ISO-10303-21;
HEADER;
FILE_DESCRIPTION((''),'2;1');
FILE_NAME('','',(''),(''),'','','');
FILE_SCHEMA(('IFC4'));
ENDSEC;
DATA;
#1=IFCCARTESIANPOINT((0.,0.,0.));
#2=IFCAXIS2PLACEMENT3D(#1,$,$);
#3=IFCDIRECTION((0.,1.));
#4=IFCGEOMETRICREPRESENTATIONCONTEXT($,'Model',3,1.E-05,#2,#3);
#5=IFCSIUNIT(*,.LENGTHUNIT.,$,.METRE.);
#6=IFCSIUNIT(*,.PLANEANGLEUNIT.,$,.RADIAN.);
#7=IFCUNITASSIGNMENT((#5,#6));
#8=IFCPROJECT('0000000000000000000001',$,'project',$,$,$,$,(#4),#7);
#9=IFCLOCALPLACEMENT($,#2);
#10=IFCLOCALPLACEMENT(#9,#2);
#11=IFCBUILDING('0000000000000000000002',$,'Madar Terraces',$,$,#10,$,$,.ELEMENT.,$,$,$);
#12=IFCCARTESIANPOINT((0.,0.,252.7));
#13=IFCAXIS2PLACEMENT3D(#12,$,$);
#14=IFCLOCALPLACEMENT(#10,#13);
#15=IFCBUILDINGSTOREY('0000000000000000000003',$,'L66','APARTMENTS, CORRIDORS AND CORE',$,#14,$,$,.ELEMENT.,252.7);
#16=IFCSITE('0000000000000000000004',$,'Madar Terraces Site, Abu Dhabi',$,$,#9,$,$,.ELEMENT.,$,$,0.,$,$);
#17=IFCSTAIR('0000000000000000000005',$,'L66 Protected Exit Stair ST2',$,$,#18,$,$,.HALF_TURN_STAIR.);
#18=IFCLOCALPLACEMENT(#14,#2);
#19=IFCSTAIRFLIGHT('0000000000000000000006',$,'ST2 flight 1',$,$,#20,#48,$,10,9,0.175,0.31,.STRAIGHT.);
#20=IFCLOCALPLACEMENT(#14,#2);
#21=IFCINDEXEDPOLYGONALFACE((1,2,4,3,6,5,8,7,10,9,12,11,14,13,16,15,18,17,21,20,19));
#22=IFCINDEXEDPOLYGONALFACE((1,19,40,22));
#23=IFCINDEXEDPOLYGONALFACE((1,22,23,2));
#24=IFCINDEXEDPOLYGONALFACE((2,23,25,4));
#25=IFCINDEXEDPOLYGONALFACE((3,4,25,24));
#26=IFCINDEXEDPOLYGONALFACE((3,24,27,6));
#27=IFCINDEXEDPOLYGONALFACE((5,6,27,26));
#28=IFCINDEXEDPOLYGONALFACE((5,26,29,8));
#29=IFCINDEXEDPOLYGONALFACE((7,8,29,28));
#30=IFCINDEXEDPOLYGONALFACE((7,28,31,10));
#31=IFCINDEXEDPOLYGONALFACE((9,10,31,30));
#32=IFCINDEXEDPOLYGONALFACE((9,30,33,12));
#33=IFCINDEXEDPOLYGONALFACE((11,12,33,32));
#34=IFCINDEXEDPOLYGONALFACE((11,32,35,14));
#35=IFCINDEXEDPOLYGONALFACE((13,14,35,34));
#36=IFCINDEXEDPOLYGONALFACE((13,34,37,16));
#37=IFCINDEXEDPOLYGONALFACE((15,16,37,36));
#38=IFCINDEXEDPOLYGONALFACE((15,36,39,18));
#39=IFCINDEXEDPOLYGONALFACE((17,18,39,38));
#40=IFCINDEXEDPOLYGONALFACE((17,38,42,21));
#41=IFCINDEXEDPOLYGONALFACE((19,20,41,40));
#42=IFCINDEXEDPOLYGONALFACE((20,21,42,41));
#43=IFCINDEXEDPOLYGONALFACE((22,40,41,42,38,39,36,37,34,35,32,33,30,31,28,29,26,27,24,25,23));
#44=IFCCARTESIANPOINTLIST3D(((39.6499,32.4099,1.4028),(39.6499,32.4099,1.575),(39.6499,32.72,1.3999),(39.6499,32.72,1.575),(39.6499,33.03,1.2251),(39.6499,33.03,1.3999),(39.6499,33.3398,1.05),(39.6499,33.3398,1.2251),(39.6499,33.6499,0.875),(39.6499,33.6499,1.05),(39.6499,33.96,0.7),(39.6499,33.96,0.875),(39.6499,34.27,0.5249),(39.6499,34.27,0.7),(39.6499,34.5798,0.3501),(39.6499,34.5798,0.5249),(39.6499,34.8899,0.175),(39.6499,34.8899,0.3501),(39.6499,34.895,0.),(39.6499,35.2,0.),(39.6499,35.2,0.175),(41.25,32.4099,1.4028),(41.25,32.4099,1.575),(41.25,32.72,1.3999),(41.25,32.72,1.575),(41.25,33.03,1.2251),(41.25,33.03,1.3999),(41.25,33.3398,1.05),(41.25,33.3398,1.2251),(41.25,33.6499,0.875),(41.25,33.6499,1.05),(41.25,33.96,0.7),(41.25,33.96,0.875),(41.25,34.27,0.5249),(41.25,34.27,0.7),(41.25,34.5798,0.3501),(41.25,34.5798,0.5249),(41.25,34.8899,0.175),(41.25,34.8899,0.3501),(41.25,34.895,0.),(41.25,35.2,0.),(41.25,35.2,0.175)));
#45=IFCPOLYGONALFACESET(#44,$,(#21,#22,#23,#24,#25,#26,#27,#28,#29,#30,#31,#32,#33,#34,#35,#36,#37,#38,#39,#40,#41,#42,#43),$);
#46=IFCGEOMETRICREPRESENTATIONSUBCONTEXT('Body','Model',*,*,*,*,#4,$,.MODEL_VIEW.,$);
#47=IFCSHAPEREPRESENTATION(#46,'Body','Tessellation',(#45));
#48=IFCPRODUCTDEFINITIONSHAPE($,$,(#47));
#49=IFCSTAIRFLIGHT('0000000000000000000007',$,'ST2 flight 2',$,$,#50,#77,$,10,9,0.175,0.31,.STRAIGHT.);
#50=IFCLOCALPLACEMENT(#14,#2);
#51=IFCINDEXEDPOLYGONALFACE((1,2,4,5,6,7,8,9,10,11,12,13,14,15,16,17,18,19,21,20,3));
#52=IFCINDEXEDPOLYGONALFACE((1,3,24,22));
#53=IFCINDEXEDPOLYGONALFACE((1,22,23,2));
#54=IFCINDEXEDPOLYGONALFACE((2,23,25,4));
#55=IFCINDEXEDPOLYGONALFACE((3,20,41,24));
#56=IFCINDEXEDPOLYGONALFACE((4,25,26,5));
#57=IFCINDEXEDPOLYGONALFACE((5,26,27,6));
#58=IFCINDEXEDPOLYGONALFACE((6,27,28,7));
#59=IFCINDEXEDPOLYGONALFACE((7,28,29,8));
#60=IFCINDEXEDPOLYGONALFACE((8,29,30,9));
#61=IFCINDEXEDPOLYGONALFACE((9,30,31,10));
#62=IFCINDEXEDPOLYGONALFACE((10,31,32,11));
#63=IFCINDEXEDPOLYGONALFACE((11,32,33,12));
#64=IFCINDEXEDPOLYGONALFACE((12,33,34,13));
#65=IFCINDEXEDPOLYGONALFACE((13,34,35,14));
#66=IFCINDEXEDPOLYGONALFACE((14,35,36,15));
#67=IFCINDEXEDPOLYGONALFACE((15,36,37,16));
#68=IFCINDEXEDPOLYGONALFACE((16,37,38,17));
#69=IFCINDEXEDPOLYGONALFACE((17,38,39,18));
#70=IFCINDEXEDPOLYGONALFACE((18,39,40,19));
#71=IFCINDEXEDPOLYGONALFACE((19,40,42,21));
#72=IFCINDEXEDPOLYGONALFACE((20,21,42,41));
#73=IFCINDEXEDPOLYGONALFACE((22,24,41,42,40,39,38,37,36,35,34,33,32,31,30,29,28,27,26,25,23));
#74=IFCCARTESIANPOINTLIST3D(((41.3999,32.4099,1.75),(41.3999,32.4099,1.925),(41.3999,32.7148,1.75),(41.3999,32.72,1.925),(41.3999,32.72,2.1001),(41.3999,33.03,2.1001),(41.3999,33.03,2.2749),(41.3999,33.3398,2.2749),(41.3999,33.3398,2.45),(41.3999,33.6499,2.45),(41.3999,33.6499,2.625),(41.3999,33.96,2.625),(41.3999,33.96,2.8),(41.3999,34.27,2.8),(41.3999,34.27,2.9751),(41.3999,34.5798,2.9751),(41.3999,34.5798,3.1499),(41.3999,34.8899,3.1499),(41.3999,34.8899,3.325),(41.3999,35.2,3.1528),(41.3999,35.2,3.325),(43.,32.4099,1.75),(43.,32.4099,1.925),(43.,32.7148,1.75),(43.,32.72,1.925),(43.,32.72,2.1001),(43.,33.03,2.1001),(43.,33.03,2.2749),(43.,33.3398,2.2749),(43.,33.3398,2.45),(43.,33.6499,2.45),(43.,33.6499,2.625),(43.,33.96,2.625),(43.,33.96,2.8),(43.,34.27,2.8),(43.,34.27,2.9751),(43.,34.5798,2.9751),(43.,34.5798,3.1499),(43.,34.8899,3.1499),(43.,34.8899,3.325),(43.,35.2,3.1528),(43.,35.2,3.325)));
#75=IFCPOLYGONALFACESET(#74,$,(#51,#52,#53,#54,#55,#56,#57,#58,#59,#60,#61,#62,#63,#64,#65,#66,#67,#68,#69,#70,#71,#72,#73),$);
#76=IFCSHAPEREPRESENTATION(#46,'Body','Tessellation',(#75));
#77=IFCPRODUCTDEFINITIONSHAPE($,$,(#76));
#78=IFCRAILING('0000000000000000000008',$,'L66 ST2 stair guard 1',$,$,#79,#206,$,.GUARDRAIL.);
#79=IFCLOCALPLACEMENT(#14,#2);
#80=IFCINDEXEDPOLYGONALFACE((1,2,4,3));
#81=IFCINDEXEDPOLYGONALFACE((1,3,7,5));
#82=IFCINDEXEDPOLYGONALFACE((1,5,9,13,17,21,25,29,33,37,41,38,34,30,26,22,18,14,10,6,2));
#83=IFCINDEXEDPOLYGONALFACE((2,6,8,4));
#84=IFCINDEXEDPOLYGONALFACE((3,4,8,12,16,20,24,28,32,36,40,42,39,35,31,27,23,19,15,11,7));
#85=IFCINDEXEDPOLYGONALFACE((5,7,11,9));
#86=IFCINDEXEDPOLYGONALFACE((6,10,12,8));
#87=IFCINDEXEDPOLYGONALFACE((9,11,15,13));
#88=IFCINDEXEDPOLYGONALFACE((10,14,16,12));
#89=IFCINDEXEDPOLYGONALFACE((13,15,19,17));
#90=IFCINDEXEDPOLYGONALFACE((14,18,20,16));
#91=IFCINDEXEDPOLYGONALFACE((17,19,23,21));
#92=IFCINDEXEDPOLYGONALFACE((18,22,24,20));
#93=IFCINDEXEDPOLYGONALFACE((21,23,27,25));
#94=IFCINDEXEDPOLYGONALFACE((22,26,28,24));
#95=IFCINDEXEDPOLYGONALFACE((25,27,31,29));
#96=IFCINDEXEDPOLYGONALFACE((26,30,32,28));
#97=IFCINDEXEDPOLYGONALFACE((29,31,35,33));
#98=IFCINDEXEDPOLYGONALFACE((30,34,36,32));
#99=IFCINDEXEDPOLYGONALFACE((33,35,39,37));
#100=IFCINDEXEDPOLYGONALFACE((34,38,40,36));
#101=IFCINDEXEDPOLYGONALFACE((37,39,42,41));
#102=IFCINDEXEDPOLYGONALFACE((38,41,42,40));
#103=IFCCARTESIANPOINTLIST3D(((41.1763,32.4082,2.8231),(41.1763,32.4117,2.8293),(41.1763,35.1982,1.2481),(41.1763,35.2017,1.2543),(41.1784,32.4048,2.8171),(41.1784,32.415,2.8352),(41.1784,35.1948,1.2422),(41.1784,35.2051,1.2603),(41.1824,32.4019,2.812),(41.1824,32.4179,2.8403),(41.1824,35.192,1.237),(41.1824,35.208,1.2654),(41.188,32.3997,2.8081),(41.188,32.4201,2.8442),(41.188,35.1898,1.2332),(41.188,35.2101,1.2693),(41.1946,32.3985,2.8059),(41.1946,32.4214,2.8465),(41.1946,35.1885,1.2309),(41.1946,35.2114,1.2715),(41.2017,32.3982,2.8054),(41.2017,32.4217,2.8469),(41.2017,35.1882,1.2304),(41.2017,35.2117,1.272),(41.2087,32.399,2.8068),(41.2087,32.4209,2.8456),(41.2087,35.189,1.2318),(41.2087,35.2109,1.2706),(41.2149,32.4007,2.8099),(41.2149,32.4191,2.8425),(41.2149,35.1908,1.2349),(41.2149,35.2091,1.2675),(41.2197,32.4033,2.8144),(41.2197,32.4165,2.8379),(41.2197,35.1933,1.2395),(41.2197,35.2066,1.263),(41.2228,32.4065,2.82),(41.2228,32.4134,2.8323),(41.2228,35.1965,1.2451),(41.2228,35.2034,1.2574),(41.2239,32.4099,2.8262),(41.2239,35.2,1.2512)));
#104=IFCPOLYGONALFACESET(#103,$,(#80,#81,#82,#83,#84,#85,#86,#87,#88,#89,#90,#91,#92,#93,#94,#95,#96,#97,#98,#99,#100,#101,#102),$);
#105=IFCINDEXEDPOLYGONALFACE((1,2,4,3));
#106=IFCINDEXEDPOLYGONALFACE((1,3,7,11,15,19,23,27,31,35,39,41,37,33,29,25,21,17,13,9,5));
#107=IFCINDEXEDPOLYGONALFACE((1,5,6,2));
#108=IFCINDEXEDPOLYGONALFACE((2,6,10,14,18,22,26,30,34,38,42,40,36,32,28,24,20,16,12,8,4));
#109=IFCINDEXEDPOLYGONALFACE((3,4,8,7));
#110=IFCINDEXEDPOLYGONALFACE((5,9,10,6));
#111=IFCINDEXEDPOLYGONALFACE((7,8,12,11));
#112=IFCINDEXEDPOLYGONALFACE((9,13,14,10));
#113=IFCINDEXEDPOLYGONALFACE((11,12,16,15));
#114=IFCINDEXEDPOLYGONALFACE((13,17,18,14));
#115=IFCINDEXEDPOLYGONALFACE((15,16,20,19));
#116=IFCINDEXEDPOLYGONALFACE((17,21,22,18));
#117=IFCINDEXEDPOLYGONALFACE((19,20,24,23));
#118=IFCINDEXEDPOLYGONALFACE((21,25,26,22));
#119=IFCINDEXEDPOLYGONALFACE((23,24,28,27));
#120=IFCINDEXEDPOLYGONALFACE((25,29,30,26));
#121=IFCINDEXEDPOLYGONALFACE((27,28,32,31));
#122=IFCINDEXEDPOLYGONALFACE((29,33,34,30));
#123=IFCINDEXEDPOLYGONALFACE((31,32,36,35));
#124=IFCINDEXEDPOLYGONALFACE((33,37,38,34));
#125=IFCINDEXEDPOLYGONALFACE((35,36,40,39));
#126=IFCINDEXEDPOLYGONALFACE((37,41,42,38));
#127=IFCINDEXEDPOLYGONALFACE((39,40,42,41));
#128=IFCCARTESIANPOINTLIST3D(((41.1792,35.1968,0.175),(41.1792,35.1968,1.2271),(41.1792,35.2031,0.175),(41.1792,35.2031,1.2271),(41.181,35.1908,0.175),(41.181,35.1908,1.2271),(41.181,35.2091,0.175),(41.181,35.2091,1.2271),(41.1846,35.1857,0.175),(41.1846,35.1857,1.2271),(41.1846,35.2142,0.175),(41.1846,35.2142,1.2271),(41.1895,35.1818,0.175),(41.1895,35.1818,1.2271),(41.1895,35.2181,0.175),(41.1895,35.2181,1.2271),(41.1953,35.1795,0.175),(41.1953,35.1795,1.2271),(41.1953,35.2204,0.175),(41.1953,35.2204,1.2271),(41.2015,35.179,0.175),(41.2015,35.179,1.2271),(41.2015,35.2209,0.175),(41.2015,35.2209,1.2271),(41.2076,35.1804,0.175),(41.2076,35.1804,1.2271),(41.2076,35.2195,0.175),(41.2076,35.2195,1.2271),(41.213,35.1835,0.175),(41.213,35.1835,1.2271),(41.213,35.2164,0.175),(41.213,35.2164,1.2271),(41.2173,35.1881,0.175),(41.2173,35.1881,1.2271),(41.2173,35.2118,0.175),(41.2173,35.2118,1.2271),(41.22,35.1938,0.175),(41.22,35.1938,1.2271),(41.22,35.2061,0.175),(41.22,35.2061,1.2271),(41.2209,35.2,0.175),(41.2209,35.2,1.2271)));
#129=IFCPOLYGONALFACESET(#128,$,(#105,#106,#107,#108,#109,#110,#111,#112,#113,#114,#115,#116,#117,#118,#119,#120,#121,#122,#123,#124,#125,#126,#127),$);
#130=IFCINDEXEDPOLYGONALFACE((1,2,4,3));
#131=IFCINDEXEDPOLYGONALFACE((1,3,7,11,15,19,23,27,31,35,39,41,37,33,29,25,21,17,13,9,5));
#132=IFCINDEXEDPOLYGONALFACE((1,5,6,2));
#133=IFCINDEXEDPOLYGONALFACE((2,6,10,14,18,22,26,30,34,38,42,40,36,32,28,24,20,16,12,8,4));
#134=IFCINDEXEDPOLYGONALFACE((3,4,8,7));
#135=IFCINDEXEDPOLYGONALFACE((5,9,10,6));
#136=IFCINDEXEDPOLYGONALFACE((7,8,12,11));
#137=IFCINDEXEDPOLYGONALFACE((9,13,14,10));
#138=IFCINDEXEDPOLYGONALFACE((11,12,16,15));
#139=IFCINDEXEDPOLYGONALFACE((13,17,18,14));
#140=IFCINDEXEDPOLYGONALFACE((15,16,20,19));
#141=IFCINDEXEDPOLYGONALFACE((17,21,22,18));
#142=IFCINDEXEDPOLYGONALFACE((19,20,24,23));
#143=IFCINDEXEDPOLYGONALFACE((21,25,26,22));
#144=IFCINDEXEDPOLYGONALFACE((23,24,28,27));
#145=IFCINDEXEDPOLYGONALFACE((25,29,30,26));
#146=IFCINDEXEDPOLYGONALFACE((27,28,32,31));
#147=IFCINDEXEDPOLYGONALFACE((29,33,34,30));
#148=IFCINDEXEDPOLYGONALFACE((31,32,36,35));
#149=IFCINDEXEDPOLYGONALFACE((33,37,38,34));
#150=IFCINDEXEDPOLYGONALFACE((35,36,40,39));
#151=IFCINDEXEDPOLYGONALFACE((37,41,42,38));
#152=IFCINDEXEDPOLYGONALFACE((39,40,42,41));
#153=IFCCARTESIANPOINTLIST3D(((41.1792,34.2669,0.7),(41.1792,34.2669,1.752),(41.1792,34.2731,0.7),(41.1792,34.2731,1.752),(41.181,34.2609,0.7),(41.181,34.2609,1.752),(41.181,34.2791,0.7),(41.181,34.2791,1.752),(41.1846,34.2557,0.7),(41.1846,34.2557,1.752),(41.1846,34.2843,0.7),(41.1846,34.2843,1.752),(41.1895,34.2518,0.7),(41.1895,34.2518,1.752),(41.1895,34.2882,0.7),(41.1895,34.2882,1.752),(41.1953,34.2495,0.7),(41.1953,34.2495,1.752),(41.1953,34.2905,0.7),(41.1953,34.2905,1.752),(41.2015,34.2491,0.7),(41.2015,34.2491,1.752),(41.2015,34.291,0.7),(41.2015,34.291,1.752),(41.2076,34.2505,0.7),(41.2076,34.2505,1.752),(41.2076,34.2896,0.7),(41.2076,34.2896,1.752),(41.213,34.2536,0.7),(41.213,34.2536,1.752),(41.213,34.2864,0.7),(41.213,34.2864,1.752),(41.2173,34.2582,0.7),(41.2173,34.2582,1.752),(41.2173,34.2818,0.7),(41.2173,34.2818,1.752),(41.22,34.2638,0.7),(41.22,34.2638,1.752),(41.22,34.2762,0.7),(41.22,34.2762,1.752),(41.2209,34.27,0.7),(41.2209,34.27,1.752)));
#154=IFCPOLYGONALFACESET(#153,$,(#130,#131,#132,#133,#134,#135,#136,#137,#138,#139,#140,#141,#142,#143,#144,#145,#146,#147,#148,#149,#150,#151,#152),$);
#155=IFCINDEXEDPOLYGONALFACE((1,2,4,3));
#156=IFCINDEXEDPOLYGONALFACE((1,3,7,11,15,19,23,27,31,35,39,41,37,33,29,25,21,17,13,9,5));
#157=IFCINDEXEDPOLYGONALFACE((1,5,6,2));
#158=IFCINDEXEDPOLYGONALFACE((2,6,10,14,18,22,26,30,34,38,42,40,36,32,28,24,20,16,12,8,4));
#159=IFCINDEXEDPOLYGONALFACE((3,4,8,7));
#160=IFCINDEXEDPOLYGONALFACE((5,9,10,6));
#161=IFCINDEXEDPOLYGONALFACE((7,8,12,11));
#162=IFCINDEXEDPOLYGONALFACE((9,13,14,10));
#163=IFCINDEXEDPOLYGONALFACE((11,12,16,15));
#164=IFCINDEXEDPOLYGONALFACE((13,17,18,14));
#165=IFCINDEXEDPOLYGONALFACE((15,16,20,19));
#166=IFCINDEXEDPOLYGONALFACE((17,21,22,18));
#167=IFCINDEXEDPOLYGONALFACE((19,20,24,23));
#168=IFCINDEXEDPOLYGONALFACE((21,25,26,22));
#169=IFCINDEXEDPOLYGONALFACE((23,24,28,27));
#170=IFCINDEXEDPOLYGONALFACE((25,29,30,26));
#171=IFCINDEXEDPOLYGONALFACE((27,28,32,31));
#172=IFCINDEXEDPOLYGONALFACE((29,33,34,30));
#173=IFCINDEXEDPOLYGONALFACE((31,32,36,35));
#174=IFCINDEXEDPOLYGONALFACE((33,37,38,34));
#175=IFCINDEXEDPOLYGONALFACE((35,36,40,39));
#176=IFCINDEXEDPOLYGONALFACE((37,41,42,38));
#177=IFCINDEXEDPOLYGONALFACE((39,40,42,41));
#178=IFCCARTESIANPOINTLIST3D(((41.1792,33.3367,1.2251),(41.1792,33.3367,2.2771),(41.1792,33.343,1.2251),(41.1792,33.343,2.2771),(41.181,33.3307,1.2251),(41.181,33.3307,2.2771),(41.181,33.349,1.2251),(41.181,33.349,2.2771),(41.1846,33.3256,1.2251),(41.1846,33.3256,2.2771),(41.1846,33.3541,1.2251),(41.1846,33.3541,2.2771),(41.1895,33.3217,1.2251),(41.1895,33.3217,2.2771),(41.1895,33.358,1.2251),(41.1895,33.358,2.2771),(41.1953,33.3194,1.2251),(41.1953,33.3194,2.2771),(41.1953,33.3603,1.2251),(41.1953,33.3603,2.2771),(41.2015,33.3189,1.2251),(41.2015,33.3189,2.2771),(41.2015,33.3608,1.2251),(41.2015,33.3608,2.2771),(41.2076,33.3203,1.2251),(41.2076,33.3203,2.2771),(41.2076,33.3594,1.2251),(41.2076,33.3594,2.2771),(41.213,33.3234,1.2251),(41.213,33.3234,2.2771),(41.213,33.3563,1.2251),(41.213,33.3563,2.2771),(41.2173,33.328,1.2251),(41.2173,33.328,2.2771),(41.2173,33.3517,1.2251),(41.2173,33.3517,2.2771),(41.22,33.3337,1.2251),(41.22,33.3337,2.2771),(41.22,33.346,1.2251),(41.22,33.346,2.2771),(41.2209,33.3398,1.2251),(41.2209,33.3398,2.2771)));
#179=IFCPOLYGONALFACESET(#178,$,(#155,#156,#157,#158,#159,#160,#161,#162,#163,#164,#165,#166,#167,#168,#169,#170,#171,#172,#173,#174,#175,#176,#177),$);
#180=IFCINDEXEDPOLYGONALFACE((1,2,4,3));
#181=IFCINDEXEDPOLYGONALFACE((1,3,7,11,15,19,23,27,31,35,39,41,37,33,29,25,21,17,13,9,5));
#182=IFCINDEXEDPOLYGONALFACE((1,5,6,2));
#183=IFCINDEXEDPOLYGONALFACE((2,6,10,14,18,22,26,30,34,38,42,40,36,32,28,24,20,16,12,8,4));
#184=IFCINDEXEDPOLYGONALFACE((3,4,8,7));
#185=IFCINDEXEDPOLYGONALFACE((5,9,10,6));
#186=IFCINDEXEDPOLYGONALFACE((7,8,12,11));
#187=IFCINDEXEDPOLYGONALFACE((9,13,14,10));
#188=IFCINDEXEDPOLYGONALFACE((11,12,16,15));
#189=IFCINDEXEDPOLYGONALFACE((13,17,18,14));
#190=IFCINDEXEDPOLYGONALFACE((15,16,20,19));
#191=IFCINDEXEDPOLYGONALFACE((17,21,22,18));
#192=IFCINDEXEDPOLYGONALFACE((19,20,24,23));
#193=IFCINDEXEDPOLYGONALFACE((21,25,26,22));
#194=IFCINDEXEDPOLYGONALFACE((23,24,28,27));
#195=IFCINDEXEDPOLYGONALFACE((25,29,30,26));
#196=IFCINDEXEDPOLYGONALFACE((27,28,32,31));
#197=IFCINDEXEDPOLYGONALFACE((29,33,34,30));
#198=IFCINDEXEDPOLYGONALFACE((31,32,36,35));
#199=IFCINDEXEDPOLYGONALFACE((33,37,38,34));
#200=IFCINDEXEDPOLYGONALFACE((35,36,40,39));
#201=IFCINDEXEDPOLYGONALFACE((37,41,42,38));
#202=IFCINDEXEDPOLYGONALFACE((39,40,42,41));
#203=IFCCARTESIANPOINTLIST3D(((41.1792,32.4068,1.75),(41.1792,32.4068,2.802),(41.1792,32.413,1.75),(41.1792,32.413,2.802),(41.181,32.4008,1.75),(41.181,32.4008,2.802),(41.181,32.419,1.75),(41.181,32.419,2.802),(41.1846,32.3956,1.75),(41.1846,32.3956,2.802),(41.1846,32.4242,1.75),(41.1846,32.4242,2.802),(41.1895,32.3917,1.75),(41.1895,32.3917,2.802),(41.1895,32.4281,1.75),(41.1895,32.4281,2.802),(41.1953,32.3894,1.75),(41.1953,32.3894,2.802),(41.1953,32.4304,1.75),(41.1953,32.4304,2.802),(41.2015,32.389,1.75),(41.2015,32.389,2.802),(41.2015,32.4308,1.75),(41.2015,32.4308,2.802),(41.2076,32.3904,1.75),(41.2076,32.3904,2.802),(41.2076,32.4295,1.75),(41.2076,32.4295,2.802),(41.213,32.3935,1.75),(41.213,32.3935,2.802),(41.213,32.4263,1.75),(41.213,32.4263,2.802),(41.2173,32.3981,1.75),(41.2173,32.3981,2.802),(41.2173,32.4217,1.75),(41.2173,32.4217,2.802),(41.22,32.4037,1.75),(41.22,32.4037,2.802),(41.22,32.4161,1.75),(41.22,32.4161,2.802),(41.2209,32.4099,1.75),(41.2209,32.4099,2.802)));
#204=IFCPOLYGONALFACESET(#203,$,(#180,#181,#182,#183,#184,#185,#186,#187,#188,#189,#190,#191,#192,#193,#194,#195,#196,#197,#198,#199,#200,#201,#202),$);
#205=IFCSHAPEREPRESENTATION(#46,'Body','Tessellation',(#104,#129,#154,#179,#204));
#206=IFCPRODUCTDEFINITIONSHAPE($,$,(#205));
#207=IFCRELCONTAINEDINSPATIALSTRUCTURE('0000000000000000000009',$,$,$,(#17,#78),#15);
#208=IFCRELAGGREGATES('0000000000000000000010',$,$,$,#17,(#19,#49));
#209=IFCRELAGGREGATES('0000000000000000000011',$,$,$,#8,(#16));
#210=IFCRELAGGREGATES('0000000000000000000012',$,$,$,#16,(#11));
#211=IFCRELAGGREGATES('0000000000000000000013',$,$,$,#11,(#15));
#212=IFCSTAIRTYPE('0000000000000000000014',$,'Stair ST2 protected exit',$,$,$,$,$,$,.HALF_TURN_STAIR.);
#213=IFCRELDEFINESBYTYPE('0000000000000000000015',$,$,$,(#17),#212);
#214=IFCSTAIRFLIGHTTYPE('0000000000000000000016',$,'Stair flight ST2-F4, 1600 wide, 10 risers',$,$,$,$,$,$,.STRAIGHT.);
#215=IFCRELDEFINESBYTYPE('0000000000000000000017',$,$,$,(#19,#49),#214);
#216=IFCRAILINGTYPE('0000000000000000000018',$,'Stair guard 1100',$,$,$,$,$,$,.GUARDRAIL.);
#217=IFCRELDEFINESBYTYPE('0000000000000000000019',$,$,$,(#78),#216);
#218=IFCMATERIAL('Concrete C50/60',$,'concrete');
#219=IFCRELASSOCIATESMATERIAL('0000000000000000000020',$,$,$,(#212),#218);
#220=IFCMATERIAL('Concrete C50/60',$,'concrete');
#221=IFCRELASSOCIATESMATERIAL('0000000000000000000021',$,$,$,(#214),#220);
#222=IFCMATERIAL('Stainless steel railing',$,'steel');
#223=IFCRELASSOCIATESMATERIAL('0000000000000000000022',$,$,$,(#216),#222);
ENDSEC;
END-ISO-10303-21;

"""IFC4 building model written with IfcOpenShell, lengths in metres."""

from ifc_helpers import new_model, si_unit, direction, frame, origin, origin_2d, place, context, subcontext, project, spatial, polyline, circle, outline, extrude, material, type_object, element, aggregate, save


model = new_model("IFC4")

# Units and contexts
model_context = context("Model", 3, precision=1e-05, world=origin(), true_north=direction((0.0, 1.0)))
body_context = subcontext(model_context, "Body", "Model", "MODEL_VIEW")
ifc_project = project(units=[si_unit("LENGTHUNIT", "METRE"), si_unit("PLANEANGLEUNIT", "RADIAN")], contexts=[model_context])

# Site, building, storey
site_placement = place(None, origin())
site = spatial("IfcSite", under=ifc_project, at=site_placement, Name="Madar Terraces Site, Abu Dhabi", CompositionType="ELEMENT", RefElevation=0.0)
building_placement = place(site_placement, origin())
building = spatial("IfcBuilding", under=site, at=building_placement, Name="Madar Terraces", CompositionType="ELEMENT")
storey_placement = place(building_placement, frame((0.0, 0.0, 252.7)))
storey = spatial("IfcBuildingStorey", under=building, at=storey_placement, Name="L66", Description="APARTMENTS, CORRIDORS AND CORE", CompositionType="ELEMENT", Elevation=252.7)

# Stair, stair flights
ifc_material_1 = material(Name="Concrete C50/60", Category="concrete")
stair_type = type_object("IfcStairType", Name="Stair ST2 protected exit", PredefinedType="HALF_TURN_STAIR", material=ifc_material_1)
stair_placement = place(storey_placement, origin())
stair = element("IfcStair", 1, at=stair_placement, inside=storey, type_object=stair_type, Name="L66 Protected Exit Stair ST2", PredefinedType="HALF_TURN_STAIR")
ifc_material_2 = material(Name="Concrete C50/60", Category="concrete")
stair_flight_type = type_object("IfcStairFlightType", Name="Stair flight ST2-F4, 1600 wide, 10 risers", PredefinedType="STRAIGHT", material=ifc_material_2)
stair_flight_1_placement = place(storey_placement, frame((40.45, 35.2, 0.0), z_axis=(0.0, 0.0, 1.0), x_axis=(0.0, -1.0, 0.0)))
stair_flight_1 = element("IfcStairFlight", 2, at=stair_flight_1_placement, type_object=stair_flight_type, Name="ST2 flight 1", NumberOfRisers=10, NumberOfTreads=9, PredefinedType="STRAIGHT", RiserHeight=0.175, TreadLength=0.31, context=body_context, shape_type="SweptSolid", body=[
    extrude(outline(polyline([(0.0, 0.0), (0.0, 0.175), (0.3101, 0.175), (0.3101, 0.3501), (0.6201, 0.3501), (0.6201, 0.5249), (0.9299, 0.5249), (0.9299, 0.7), (1.24, 0.7), (1.24, 0.875), (1.55, 0.875), (1.55, 1.05), (1.8601, 1.05), (1.8601, 1.2251), (2.1699, 1.2251), (2.1699, 1.3999), (2.48, 1.3999), (2.48, 1.575), (2.79, 1.575), (2.79, 1.75), (2.79, 1.4028), (0.3049, 0.0), (0.0, 0.0)])), frame((0.0, 0.8, 0.0), z_axis=(0.0, -1.0, 0.0), x_axis=(1.0, 0.0, 0.0)), (0.0, 0.0, 1.0), 1.6001),
])
stair_flight_2_placement = place(storey_placement, frame((42.2, 32.4099, 1.75), z_axis=(0.0, 0.0, 1.0), x_axis=(0.0, 1.0, 0.0)))
stair_flight_2 = element("IfcStairFlight", 3, at=stair_flight_2_placement, type_object=stair_flight_type, Name="ST2 flight 2", NumberOfRisers=10, NumberOfTreads=9, PredefinedType="STRAIGHT", RiserHeight=0.175, TreadLength=0.31, context=body_context, shape_type="SweptSolid", body=[
    extrude(outline(polyline([(0.0, 0.0), (0.0, 0.175), (0.3101, 0.175), (0.3101, 0.3501), (0.6201, 0.3501), (0.6201, 0.5249), (0.9299, 0.5249), (0.9299, 0.7), (1.24, 0.7), (1.24, 0.875), (1.55, 0.875), (1.55, 1.05), (1.8601, 1.05), (1.8601, 1.2251), (2.1699, 1.2251), (2.1699, 1.3999), (2.48, 1.3999), (2.48, 1.575), (2.79, 1.575), (2.79, 1.75), (2.79, 1.4028), (0.3049, 0.0), (0.0, 0.0)])), frame((0.0, 0.8, 0.0), z_axis=(0.0, -1.0, 0.0), x_axis=(1.0, 0.0, 0.0)), (0.0, 0.0, 1.0), 1.6001),
])
aggregate(stair, [stair_flight_1, stair_flight_2])

# Railing
ifc_material_3 = material(Name="Stainless steel railing", Category="steel")
railing_type_1 = type_object("IfcRailingType", Name="Stair guard 1100", PredefinedType="GUARDRAIL", material=ifc_material_3)
railing_1_placement = place(storey_placement, frame((41.2, 35.2, 0.175)))
element("IfcRailing", 4, at=railing_1_placement, inside=storey, type_object=railing_type_1, Name="L66 ST2 stair guard 1", PredefinedType="GUARDRAIL", context=body_context, shape_type="SweptSolid", body=[
    extrude(circle(Radius=0.0239, at=origin_2d()), frame((0.0, 0.0, 1.0762), z_axis=(0.0, -0.870834, 0.491578), x_axis=(1.0, 0.0, 0.0)), (0.0, 0.0, 1.0), 3.2039),
    extrude(circle(Radius=0.021, at=origin_2d()), origin(), (0.0, 0.0, 1.0), 1.052),
    extrude(circle(Radius=0.021, at=origin_2d()), frame((0.0, -0.9299, 0.5249)), (0.0, 0.0, 1.0), 1.052),
    extrude(circle(Radius=0.021, at=origin_2d()), frame((0.0, -1.8601, 1.05)), (0.0, 0.0, 1.0), 1.052),
    extrude(circle(Radius=0.021, at=origin_2d()), frame((0.0, -2.79, 1.575)), (0.0, 0.0, 1.0), 1.052),
])

save(model, "model.ifc")
